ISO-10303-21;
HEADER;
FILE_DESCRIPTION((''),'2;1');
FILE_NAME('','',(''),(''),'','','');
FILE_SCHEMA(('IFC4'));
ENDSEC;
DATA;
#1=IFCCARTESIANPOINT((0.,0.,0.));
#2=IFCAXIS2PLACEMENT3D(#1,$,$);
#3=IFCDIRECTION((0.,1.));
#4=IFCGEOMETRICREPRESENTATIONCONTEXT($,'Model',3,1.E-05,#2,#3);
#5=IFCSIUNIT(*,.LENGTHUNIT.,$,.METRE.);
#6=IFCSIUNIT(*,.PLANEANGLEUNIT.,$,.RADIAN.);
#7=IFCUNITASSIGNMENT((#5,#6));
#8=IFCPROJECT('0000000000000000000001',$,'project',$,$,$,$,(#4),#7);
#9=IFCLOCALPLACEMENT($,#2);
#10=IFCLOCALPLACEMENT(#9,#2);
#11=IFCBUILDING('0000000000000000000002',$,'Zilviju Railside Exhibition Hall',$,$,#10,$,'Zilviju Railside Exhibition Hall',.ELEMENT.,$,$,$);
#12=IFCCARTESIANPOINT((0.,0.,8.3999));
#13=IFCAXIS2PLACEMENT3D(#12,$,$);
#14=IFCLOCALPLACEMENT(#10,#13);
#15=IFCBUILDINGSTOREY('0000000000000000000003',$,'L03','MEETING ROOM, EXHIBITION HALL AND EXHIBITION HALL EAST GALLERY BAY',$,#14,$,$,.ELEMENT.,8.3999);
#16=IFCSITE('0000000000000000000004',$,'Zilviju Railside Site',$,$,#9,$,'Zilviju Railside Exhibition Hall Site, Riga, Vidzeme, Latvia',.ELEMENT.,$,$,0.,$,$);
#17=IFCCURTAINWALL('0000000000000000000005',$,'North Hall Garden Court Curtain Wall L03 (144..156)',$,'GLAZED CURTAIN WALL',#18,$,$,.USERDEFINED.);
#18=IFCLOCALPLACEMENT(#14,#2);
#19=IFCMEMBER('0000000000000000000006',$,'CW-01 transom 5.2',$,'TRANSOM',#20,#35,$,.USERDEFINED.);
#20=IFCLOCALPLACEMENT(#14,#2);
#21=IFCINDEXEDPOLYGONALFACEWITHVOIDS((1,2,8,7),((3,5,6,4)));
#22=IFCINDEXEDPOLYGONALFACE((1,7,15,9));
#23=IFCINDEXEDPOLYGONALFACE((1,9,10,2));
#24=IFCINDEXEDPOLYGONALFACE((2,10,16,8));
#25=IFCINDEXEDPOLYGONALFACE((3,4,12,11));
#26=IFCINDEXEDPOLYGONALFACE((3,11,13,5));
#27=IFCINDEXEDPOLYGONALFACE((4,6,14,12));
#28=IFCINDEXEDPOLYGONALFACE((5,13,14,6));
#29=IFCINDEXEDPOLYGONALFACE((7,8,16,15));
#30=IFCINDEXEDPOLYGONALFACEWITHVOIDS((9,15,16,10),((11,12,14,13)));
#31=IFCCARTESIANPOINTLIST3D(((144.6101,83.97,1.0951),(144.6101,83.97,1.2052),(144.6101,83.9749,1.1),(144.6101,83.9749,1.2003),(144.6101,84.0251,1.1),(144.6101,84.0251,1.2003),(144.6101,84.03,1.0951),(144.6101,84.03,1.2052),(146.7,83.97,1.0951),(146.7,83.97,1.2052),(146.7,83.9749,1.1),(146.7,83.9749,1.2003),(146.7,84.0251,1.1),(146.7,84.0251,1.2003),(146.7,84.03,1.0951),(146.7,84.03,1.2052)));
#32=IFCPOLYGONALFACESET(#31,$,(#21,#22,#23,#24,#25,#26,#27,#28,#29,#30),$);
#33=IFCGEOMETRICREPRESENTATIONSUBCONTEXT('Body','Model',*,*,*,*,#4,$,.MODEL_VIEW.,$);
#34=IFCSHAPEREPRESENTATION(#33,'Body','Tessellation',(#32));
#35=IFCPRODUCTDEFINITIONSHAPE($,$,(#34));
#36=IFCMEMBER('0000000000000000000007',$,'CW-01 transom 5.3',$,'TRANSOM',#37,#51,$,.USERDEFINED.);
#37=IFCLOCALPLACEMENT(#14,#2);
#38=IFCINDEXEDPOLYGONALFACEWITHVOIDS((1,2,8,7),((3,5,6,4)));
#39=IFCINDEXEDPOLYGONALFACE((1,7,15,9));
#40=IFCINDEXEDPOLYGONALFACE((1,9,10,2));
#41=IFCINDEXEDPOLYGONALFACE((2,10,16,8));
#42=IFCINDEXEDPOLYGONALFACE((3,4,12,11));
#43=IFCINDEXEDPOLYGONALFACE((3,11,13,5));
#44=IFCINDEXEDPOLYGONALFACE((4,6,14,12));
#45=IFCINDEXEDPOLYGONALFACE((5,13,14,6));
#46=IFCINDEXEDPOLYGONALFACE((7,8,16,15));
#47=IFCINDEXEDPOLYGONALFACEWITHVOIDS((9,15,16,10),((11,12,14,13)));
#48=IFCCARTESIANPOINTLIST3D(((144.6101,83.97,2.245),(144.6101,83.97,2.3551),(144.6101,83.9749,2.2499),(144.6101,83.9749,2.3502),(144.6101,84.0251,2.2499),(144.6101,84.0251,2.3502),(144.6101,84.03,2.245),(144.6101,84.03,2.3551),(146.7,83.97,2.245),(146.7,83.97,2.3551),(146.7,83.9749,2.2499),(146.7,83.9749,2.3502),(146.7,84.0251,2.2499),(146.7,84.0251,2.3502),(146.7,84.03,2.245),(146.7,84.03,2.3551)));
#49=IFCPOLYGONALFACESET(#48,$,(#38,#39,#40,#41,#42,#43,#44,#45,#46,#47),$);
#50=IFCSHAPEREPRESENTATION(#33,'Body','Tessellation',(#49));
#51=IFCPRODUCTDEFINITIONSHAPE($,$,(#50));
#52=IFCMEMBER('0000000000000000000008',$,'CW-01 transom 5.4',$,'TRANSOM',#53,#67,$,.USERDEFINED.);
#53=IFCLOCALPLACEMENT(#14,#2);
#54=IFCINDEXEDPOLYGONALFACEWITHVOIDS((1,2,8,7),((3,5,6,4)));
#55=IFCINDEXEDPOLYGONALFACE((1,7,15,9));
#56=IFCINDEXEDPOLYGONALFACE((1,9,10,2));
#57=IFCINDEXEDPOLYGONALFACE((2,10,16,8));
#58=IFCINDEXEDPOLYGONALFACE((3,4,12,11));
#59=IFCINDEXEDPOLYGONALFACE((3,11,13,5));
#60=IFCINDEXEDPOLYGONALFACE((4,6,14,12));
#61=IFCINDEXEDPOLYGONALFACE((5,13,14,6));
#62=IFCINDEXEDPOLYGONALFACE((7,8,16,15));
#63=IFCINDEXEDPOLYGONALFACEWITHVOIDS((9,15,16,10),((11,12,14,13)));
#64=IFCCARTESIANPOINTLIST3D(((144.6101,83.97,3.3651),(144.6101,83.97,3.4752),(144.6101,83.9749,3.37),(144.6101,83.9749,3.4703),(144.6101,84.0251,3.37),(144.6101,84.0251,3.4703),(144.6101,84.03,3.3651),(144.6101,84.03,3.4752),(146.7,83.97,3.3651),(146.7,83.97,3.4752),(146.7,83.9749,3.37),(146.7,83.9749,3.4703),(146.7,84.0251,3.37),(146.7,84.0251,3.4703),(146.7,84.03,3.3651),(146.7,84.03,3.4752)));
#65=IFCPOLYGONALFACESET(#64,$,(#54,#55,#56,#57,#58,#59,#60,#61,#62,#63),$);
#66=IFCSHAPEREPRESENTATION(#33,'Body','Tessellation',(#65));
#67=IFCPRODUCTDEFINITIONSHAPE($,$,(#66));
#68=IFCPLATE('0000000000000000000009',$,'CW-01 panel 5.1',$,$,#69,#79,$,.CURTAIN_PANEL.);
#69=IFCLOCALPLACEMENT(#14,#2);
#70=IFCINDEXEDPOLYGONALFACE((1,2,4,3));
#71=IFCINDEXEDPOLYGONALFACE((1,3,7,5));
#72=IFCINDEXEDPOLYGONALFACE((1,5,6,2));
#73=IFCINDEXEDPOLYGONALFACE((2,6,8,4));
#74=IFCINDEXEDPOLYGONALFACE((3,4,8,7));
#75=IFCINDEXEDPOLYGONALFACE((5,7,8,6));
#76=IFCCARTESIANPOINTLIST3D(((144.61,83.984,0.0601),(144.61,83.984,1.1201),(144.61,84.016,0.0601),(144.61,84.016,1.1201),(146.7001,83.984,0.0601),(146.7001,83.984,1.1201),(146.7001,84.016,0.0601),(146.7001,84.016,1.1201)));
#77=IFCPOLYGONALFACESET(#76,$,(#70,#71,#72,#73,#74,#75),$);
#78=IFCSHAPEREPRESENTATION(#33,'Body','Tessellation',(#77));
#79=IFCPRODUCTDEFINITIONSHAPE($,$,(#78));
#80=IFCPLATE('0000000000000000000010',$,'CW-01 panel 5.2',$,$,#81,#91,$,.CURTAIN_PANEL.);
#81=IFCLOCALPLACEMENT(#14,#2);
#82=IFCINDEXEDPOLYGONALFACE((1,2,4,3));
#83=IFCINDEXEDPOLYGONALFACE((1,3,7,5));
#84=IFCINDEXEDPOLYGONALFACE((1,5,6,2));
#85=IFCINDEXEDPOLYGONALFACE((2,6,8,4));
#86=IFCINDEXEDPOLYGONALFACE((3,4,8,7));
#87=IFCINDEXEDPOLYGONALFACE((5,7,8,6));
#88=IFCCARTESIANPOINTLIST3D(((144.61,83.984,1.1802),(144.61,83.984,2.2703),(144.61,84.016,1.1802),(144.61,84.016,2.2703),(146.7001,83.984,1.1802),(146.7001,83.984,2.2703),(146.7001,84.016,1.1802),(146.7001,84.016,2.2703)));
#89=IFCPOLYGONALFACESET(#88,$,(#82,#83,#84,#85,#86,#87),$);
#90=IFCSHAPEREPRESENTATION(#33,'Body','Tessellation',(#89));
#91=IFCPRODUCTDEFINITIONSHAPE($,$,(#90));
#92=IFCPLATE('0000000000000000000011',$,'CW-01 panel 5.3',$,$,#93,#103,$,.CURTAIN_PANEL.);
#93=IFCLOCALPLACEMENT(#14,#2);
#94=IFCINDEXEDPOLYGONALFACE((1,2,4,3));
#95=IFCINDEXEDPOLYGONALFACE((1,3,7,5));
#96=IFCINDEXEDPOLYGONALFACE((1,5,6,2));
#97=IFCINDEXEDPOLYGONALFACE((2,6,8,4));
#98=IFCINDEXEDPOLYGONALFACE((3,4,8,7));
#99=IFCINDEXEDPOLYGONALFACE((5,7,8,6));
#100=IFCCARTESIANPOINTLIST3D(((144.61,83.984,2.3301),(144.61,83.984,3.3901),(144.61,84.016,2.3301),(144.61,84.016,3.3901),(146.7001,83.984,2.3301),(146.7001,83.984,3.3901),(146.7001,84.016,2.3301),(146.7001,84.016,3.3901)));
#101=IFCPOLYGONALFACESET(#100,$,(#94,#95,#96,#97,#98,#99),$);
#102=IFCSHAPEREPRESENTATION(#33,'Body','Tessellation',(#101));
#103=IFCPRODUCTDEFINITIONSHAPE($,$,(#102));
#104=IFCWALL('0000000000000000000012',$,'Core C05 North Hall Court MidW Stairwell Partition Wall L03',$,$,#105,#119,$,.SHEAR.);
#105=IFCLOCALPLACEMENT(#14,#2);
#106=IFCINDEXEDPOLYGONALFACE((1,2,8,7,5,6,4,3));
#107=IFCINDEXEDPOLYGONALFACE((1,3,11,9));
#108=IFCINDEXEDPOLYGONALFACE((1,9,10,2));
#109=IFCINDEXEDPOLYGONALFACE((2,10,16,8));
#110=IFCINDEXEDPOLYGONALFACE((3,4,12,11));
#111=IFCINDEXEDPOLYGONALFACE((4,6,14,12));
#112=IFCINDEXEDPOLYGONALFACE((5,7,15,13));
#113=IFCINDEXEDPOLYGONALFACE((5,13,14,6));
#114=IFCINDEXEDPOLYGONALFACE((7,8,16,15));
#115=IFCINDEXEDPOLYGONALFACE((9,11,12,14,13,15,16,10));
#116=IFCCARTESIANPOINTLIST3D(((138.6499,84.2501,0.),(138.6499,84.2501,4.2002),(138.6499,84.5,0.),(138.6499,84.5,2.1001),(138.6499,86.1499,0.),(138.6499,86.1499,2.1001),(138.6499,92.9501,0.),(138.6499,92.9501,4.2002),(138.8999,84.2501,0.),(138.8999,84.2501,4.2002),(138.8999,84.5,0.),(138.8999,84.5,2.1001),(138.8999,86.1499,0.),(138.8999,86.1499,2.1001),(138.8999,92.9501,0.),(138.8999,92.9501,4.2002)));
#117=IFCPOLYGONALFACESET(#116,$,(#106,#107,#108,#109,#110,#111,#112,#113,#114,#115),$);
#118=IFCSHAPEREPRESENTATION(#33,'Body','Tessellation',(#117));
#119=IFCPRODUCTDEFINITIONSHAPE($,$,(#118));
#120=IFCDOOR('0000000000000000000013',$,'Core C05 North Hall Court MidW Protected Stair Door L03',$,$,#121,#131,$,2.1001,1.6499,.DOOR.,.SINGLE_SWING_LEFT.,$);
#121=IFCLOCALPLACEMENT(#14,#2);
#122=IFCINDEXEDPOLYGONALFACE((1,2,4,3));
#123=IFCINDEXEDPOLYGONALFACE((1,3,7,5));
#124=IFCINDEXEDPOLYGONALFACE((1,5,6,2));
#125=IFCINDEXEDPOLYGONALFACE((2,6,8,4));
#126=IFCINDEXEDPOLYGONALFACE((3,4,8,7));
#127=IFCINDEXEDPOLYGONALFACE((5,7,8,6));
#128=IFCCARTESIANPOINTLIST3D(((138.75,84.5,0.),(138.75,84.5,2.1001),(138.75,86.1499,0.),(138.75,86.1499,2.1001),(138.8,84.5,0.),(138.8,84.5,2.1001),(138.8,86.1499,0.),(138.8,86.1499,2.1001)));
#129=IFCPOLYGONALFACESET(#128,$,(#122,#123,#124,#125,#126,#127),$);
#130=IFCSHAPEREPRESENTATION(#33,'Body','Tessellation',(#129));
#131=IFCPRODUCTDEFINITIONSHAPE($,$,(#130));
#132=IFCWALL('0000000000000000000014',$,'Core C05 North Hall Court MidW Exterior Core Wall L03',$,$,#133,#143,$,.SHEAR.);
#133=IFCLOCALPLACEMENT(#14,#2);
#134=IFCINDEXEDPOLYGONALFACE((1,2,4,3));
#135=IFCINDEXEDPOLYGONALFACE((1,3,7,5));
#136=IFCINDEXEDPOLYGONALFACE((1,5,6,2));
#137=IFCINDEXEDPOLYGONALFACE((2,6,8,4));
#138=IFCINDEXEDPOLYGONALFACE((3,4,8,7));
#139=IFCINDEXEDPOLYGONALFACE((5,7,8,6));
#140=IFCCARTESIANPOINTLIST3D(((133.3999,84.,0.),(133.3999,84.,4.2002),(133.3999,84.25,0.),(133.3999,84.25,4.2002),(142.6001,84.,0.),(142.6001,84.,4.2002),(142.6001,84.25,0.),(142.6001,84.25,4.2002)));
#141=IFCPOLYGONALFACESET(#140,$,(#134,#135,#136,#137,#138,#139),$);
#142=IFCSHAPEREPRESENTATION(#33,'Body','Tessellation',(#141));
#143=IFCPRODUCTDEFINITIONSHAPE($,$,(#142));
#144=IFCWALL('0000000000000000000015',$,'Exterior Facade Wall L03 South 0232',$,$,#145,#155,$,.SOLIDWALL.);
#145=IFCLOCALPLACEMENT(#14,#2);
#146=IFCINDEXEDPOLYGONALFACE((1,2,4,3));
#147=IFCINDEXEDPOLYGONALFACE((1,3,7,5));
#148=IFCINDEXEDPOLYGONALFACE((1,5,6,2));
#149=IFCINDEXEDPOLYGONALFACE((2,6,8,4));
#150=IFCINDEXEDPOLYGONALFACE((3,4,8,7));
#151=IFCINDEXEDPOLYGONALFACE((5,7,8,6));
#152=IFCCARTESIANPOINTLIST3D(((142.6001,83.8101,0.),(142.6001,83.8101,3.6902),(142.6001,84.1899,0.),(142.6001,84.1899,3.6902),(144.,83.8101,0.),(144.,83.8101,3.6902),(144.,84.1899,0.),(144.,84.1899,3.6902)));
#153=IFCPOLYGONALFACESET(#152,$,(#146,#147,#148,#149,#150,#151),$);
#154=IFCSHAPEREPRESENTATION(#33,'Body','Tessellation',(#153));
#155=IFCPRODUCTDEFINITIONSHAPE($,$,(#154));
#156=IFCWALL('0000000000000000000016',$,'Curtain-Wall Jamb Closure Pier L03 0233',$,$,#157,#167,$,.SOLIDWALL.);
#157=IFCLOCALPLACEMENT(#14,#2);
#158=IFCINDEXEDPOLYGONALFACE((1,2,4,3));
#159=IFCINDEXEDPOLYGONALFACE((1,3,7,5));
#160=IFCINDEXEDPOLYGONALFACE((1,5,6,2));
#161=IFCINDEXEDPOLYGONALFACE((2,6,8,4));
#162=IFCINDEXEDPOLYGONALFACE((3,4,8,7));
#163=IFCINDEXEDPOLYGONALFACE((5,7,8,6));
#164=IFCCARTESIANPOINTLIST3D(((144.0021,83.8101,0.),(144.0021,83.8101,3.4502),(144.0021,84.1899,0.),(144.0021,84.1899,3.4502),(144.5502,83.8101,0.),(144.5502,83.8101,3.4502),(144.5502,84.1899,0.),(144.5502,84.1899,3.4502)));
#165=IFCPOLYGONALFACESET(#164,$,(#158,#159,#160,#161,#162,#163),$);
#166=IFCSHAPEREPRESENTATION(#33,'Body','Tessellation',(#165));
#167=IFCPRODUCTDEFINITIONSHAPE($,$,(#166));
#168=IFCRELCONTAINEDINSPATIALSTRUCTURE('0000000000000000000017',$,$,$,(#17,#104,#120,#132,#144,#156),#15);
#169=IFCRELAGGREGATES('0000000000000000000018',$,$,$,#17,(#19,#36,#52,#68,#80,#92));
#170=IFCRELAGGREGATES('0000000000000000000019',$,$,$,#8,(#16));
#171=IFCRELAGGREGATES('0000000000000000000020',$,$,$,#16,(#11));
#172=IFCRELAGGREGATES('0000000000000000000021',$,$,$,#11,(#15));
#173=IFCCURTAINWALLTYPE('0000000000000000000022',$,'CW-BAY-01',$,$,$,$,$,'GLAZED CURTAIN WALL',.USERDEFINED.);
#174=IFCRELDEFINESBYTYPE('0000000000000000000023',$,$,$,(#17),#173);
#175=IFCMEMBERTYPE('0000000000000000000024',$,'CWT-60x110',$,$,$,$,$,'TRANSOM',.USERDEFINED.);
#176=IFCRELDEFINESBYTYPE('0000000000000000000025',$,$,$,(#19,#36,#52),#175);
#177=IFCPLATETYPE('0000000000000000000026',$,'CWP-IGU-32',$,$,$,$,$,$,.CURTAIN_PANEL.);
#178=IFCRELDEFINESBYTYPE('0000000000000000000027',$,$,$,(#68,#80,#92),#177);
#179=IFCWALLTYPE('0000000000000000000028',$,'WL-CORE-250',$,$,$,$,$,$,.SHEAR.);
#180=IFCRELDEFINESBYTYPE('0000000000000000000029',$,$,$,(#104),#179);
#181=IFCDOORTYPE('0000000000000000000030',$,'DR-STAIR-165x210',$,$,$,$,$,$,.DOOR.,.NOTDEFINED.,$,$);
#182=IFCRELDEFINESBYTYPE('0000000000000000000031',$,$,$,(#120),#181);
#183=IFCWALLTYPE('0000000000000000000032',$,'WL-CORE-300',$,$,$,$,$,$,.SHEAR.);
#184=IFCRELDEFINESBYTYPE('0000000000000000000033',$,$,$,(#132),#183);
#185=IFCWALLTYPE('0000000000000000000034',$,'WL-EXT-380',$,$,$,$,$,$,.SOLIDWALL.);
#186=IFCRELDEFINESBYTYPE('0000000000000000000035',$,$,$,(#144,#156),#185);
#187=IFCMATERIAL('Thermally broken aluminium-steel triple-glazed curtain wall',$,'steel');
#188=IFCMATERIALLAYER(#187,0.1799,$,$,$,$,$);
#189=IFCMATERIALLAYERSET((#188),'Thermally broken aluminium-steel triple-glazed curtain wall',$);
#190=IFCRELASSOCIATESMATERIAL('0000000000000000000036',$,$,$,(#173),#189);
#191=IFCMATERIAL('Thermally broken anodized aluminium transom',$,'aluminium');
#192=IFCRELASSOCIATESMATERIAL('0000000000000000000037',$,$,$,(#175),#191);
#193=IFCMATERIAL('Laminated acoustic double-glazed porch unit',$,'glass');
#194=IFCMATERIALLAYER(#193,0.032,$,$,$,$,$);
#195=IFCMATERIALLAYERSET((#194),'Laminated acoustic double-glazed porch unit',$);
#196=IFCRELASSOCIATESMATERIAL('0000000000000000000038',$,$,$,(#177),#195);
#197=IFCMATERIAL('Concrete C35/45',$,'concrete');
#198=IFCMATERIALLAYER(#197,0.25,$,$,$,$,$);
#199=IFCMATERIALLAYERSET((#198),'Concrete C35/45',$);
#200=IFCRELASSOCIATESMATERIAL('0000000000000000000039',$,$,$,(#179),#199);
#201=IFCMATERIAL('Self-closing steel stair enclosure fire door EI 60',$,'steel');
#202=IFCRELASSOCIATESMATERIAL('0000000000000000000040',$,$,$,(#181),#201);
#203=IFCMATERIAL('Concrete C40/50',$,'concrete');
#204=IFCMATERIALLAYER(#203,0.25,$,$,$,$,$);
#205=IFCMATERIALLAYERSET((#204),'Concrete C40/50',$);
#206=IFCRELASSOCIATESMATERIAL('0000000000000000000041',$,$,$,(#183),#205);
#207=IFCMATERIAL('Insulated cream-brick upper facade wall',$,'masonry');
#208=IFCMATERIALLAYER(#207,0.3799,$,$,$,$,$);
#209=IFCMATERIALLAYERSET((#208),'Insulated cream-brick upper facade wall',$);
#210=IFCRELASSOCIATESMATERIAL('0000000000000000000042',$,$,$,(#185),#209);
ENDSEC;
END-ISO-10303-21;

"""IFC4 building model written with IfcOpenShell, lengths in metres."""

from ifc_helpers import new_model, si_unit, direction, frame, frame_2d, origin, origin_2d, place, context, subcontext, project, spatial, rectangle, hollow_rectangle, extrude, material, layer, layer_set, material_profile, profile_set, type_object, element, fill, aggregate, save


model = new_model("IFC4")

# Units and contexts
model_context = context("Model", 3, precision=1e-05, world=origin(), true_north=direction((0.0, 1.0)))
body_context = subcontext(model_context, "Body", "Model", "MODEL_VIEW")
ifc_project = project(units=[si_unit("LENGTHUNIT", "METRE"), si_unit("PLANEANGLEUNIT", "RADIAN")], contexts=[model_context])

# Site, building, storey
site_placement = place(None, origin())
site = spatial("IfcSite", under=ifc_project, at=site_placement, Name="Zilviju Railside Site", LongName="Zilviju Railside Exhibition Hall Site, Riga, Vidzeme, Latvia", CompositionType="ELEMENT", RefElevation=0.0)
building_placement = place(site_placement, origin())
building = spatial("IfcBuilding", under=site, at=building_placement, Name="Zilviju Railside Exhibition Hall", LongName="Zilviju Railside Exhibition Hall", CompositionType="ELEMENT")
storey_placement = place(building_placement, frame((0.0, 0.0, 8.3999)))
storey = spatial("IfcBuildingStorey", under=building, at=storey_placement, Name="L03", Description="MEETING ROOM, EXHIBITION HALL AND EXHIBITION HALL EAST GALLERY BAY", CompositionType="ELEMENT", Elevation=8.3999)

# Shared definitions
ifc_material_1 = material(Name="Concrete C40/50", Category="concrete")

# Curtain wall, members, plates
ifc_material_2 = material(Name="Thermally broken aluminium-steel triple-glazed curtain wall", Category="steel")
ifc_layer_1 = layer(ifc_material_2, 0.1799)
ifc_layer_set_1 = layer_set([ifc_layer_1], Name="Thermally broken aluminium-steel triple-glazed curtain wall")
curtain_wall_type = type_object("IfcCurtainWallType", Name="CW-BAY-01", ElementType="GLAZED CURTAIN WALL", PredefinedType="USERDEFINED", material=ifc_layer_set_1)
curtain_wall_placement = place(storey_placement, origin())
curtain_wall = element("IfcCurtainWall", 1, at=curtain_wall_placement, inside=storey, type_object=curtain_wall_type, Name="North Hall Garden Court Curtain Wall L03 (144..156)", ObjectType="GLAZED CURTAIN WALL", PredefinedType="USERDEFINED")
ifc_material_3 = material(Name="Thermally broken anodized aluminium transom", Category="aluminium")
ifc_material_profile_1 = material_profile(ifc_material_3, hollow_rectangle(XDim=0.0601, YDim=0.1101, WallThickness=0.0049, at=origin_2d()), Name="TRANSOM 110x60x5")
ifc_profile_set_1 = profile_set([ifc_material_profile_1], Name="Thermally broken anodized aluminium transom")
member_type_1 = type_object("IfcMemberType", Name="CWT-60x110", ElementType="TRANSOM", PredefinedType="USERDEFINED", material=ifc_profile_set_1)
member_1_placement = place(storey_placement, frame((146.7, 84.0, 1.1501), z_axis=(-1.0, 0.0, 0.0), x_axis=(0.0, -1.0, 0.0)))
member_1 = element("IfcMember", 2, at=member_1_placement, type_object=member_type_1, Name="CW-01 transom 5.2", ObjectType="TRANSOM", PredefinedType="USERDEFINED", context=body_context, shape_type="SweptSolid", body=[
    extrude(hollow_rectangle(XDim=0.0601, YDim=0.1101, WallThickness=0.0049, at=origin_2d()), origin(), (0.0, 0.0, 1.0), 2.0898),
])
member_2_placement = place(storey_placement, frame((146.7, 84.0, 2.3), z_axis=(-1.0, 0.0, 0.0), x_axis=(0.0, -1.0, 0.0)))
member_2 = element("IfcMember", 3, at=member_2_placement, type_object=member_type_1, Name="CW-01 transom 5.3", ObjectType="TRANSOM", PredefinedType="USERDEFINED", context=body_context, shape_type="SweptSolid", body=[
    extrude(hollow_rectangle(XDim=0.0601, YDim=0.1101, WallThickness=0.0049, at=origin_2d()), origin(), (0.0, 0.0, 1.0), 2.0898),
])
member_3_placement = place(storey_placement, frame((146.7, 84.0, 3.4202), z_axis=(-1.0, 0.0, 0.0), x_axis=(0.0, -1.0, 0.0)))
member_3 = element("IfcMember", 4, at=member_3_placement, type_object=member_type_1, Name="CW-01 transom 5.4", ObjectType="TRANSOM", PredefinedType="USERDEFINED", context=body_context, shape_type="SweptSolid", body=[
    extrude(hollow_rectangle(XDim=0.0601, YDim=0.1101, WallThickness=0.0049, at=origin_2d()), origin(), (0.0, 0.0, 1.0), 2.0898),
])
ifc_material_4 = material(Name="Laminated acoustic double-glazed porch unit", Category="glass")
ifc_layer_2 = layer(ifc_material_4, 0.032)
ifc_layer_set_2 = layer_set([ifc_layer_2], Name="Laminated acoustic double-glazed porch unit")
plate_type = type_object("IfcPlateType", Name="CWP-IGU-32", PredefinedType="CURTAIN_PANEL", material=ifc_layer_set_2)
plate_1_placement = place(storey_placement, frame((145.655, 84.0, 0.0601), z_axis=(0.0, 0.0, 1.0), x_axis=(-1.0, 0.0, 0.0)))
plate_1 = element("IfcPlate", 5, at=plate_1_placement, type_object=plate_type, Name="CW-01 panel 5.1", PredefinedType="CURTAIN_PANEL", context=body_context, shape_type="SweptSolid", body=[
    extrude(rectangle(XDim=2.0901, YDim=0.032, at=origin_2d()), origin(), (0.0, 0.0, 1.0), 1.0601),
])
plate_2_placement = place(storey_placement, frame((145.655, 84.0, 1.1802), z_axis=(0.0, 0.0, 1.0), x_axis=(-1.0, 0.0, 0.0)))
plate_2 = element("IfcPlate", 6, at=plate_2_placement, type_object=plate_type, Name="CW-01 panel 5.2", PredefinedType="CURTAIN_PANEL", context=body_context, shape_type="SweptSolid", body=[
    extrude(rectangle(XDim=2.0901, YDim=0.032, at=origin_2d()), origin(), (0.0, 0.0, 1.0), 1.0901),
])
plate_3_placement = place(storey_placement, frame((145.655, 84.0, 2.3301), z_axis=(0.0, 0.0, 1.0), x_axis=(-1.0, 0.0, 0.0)))
plate_3 = element("IfcPlate", 7, at=plate_3_placement, type_object=plate_type, Name="CW-01 panel 5.3", PredefinedType="CURTAIN_PANEL", context=body_context, shape_type="SweptSolid", body=[
    extrude(rectangle(XDim=2.0901, YDim=0.032, at=origin_2d()), origin(), (0.0, 0.0, 1.0), 1.0601),
])
aggregate(curtain_wall, [member_1, member_2, member_3, plate_1, plate_2, plate_3])

# Wall, opening, door
ifc_material_5 = material(Name="Concrete C35/45", Category="concrete")
ifc_layer_3 = layer(ifc_material_5, 0.25)
ifc_layer_set_3 = layer_set([ifc_layer_3], Name="Concrete C35/45")
wall_type_1 = type_object("IfcWallType", Name="WL-CORE-250", PredefinedType="SHEAR", material=ifc_layer_set_3)
wall_1_placement = place(storey_placement, frame((138.7749, 84.25, 0.0), z_axis=(0.0, 0.0, 1.0), x_axis=(0.0, 1.0, 0.0)))
wall_1 = element("IfcWall", 8, at=wall_1_placement, inside=storey, type_object=wall_type_1, Name="Core C05 North Hall Court MidW Stairwell Partition Wall L03", PredefinedType="SHEAR", context=body_context, shape_type="SweptSolid", body=[
    extrude(rectangle(XDim=8.7, YDim=0.25, at=frame_2d((4.3501, 0.0))), origin(), (0.0, 0.0, 1.0), 4.2002),
])
opening_1_placement = place(wall_1_placement, frame((0.25, 0.0, 0.0)))
opening_1 = element("IfcOpeningElement", 9, at=opening_1_placement, cuts=wall_1, PredefinedType="OPENING", context=body_context, shape_type="SweptSolid", body=[
    extrude(rectangle(XDim=1.6499, YDim=2.1001, at=frame_2d((0.825, 1.05))), frame((0.0, 0.135, 0.0), z_axis=(0.0, -1.0, 0.0), x_axis=(1.0, 0.0, 0.0)), (0.0, 0.0, 1.0), 0.27),
])
ifc_material_6 = material(Name="Self-closing steel stair enclosure fire door EI 60", Category="steel")
door_type_1 = type_object("IfcDoorType", Name="DR-STAIR-165x210", OperationType="NOTDEFINED", PredefinedType="DOOR", material=ifc_material_6)
door_1_placement = place(opening_1_placement, origin())
door_1 = element("IfcDoor", 10, at=door_1_placement, inside=storey, type_object=door_type_1, Name="Core C05 North Hall Court MidW Protected Stair Door L03", OperationType="SINGLE_SWING_LEFT", OverallHeight=2.1001, OverallWidth=1.6499, PredefinedType="DOOR", context=body_context, shape_type="SweptSolid", body=[
    extrude(rectangle(XDim=1.6499, YDim=2.1001, at=frame_2d((0.825, 1.05))), frame((0.0, 0.0249, 0.0), z_axis=(0.0, -1.0, 0.0), x_axis=(1.0, 0.0, 0.0)), (0.0, 0.0, 1.0), 0.05),
])
fill(opening_1, door_1)

# Walls
ifc_layer_4 = layer(ifc_material_1, 0.25)
ifc_layer_set_4 = layer_set([ifc_layer_4], Name="Concrete C40/50")
wall_type_2 = type_object("IfcWallType", Name="WL-CORE-300", PredefinedType="SHEAR", material=ifc_layer_set_4)
wall_2_placement = place(storey_placement, frame((142.6001, 84.125, 0.0), z_axis=(0.0, 0.0, 1.0), x_axis=(-1.0, 0.0, 0.0)))
element("IfcWall", 11, at=wall_2_placement, inside=storey, type_object=wall_type_2, Name="Core C05 North Hall Court MidW Exterior Core Wall L03", PredefinedType="SHEAR", context=body_context, shape_type="SweptSolid", body=[
    extrude(rectangle(XDim=9.2002, YDim=0.25, at=frame_2d((4.6001, 0.0))), origin(), (0.0, 0.0, 1.0), 4.2002),
])
ifc_material_7 = material(Name="Insulated cream-brick upper facade wall", Category="masonry")
ifc_layer_5 = layer(ifc_material_7, 0.3799)
ifc_layer_set_5 = layer_set([ifc_layer_5], Name="Insulated cream-brick upper facade wall")
wall_type_3 = type_object("IfcWallType", Name="WL-EXT-380", PredefinedType="SOLIDWALL", material=ifc_layer_set_5)
wall_3_placement = place(storey_placement, frame((144.0, 84.0, 0.0), z_axis=(0.0, 0.0, 1.0), x_axis=(-1.0, 0.0, 0.0)))
element("IfcWall", 12, at=wall_3_placement, inside=storey, type_object=wall_type_3, Name="Exterior Facade Wall L03 South 0232", PredefinedType="SOLIDWALL", context=body_context, shape_type="SweptSolid", body=[
    extrude(rectangle(XDim=1.3999, YDim=0.3799, at=frame_2d((0.7, 0.0))), origin(), (0.0, 0.0, 1.0), 3.6902),
])
wall_4_placement = place(storey_placement, frame((144.55, 84.0, 0.0), z_axis=(0.0, 0.0, 1.0), x_axis=(-1.0, 0.0, 0.0)))
element("IfcWall", 13, at=wall_4_placement, inside=storey, type_object=wall_type_3, Name="Curtain-Wall Jamb Closure Pier L03 0233", PredefinedType="SOLIDWALL", context=body_context, shape_type="SweptSolid", body=[
    extrude(rectangle(XDim=0.5481, YDim=0.3799, at=frame_2d((0.2739, 0.0))), origin(), (0.0, 0.0, 1.0), 3.4502),
])

save(model, "model.ifc")
